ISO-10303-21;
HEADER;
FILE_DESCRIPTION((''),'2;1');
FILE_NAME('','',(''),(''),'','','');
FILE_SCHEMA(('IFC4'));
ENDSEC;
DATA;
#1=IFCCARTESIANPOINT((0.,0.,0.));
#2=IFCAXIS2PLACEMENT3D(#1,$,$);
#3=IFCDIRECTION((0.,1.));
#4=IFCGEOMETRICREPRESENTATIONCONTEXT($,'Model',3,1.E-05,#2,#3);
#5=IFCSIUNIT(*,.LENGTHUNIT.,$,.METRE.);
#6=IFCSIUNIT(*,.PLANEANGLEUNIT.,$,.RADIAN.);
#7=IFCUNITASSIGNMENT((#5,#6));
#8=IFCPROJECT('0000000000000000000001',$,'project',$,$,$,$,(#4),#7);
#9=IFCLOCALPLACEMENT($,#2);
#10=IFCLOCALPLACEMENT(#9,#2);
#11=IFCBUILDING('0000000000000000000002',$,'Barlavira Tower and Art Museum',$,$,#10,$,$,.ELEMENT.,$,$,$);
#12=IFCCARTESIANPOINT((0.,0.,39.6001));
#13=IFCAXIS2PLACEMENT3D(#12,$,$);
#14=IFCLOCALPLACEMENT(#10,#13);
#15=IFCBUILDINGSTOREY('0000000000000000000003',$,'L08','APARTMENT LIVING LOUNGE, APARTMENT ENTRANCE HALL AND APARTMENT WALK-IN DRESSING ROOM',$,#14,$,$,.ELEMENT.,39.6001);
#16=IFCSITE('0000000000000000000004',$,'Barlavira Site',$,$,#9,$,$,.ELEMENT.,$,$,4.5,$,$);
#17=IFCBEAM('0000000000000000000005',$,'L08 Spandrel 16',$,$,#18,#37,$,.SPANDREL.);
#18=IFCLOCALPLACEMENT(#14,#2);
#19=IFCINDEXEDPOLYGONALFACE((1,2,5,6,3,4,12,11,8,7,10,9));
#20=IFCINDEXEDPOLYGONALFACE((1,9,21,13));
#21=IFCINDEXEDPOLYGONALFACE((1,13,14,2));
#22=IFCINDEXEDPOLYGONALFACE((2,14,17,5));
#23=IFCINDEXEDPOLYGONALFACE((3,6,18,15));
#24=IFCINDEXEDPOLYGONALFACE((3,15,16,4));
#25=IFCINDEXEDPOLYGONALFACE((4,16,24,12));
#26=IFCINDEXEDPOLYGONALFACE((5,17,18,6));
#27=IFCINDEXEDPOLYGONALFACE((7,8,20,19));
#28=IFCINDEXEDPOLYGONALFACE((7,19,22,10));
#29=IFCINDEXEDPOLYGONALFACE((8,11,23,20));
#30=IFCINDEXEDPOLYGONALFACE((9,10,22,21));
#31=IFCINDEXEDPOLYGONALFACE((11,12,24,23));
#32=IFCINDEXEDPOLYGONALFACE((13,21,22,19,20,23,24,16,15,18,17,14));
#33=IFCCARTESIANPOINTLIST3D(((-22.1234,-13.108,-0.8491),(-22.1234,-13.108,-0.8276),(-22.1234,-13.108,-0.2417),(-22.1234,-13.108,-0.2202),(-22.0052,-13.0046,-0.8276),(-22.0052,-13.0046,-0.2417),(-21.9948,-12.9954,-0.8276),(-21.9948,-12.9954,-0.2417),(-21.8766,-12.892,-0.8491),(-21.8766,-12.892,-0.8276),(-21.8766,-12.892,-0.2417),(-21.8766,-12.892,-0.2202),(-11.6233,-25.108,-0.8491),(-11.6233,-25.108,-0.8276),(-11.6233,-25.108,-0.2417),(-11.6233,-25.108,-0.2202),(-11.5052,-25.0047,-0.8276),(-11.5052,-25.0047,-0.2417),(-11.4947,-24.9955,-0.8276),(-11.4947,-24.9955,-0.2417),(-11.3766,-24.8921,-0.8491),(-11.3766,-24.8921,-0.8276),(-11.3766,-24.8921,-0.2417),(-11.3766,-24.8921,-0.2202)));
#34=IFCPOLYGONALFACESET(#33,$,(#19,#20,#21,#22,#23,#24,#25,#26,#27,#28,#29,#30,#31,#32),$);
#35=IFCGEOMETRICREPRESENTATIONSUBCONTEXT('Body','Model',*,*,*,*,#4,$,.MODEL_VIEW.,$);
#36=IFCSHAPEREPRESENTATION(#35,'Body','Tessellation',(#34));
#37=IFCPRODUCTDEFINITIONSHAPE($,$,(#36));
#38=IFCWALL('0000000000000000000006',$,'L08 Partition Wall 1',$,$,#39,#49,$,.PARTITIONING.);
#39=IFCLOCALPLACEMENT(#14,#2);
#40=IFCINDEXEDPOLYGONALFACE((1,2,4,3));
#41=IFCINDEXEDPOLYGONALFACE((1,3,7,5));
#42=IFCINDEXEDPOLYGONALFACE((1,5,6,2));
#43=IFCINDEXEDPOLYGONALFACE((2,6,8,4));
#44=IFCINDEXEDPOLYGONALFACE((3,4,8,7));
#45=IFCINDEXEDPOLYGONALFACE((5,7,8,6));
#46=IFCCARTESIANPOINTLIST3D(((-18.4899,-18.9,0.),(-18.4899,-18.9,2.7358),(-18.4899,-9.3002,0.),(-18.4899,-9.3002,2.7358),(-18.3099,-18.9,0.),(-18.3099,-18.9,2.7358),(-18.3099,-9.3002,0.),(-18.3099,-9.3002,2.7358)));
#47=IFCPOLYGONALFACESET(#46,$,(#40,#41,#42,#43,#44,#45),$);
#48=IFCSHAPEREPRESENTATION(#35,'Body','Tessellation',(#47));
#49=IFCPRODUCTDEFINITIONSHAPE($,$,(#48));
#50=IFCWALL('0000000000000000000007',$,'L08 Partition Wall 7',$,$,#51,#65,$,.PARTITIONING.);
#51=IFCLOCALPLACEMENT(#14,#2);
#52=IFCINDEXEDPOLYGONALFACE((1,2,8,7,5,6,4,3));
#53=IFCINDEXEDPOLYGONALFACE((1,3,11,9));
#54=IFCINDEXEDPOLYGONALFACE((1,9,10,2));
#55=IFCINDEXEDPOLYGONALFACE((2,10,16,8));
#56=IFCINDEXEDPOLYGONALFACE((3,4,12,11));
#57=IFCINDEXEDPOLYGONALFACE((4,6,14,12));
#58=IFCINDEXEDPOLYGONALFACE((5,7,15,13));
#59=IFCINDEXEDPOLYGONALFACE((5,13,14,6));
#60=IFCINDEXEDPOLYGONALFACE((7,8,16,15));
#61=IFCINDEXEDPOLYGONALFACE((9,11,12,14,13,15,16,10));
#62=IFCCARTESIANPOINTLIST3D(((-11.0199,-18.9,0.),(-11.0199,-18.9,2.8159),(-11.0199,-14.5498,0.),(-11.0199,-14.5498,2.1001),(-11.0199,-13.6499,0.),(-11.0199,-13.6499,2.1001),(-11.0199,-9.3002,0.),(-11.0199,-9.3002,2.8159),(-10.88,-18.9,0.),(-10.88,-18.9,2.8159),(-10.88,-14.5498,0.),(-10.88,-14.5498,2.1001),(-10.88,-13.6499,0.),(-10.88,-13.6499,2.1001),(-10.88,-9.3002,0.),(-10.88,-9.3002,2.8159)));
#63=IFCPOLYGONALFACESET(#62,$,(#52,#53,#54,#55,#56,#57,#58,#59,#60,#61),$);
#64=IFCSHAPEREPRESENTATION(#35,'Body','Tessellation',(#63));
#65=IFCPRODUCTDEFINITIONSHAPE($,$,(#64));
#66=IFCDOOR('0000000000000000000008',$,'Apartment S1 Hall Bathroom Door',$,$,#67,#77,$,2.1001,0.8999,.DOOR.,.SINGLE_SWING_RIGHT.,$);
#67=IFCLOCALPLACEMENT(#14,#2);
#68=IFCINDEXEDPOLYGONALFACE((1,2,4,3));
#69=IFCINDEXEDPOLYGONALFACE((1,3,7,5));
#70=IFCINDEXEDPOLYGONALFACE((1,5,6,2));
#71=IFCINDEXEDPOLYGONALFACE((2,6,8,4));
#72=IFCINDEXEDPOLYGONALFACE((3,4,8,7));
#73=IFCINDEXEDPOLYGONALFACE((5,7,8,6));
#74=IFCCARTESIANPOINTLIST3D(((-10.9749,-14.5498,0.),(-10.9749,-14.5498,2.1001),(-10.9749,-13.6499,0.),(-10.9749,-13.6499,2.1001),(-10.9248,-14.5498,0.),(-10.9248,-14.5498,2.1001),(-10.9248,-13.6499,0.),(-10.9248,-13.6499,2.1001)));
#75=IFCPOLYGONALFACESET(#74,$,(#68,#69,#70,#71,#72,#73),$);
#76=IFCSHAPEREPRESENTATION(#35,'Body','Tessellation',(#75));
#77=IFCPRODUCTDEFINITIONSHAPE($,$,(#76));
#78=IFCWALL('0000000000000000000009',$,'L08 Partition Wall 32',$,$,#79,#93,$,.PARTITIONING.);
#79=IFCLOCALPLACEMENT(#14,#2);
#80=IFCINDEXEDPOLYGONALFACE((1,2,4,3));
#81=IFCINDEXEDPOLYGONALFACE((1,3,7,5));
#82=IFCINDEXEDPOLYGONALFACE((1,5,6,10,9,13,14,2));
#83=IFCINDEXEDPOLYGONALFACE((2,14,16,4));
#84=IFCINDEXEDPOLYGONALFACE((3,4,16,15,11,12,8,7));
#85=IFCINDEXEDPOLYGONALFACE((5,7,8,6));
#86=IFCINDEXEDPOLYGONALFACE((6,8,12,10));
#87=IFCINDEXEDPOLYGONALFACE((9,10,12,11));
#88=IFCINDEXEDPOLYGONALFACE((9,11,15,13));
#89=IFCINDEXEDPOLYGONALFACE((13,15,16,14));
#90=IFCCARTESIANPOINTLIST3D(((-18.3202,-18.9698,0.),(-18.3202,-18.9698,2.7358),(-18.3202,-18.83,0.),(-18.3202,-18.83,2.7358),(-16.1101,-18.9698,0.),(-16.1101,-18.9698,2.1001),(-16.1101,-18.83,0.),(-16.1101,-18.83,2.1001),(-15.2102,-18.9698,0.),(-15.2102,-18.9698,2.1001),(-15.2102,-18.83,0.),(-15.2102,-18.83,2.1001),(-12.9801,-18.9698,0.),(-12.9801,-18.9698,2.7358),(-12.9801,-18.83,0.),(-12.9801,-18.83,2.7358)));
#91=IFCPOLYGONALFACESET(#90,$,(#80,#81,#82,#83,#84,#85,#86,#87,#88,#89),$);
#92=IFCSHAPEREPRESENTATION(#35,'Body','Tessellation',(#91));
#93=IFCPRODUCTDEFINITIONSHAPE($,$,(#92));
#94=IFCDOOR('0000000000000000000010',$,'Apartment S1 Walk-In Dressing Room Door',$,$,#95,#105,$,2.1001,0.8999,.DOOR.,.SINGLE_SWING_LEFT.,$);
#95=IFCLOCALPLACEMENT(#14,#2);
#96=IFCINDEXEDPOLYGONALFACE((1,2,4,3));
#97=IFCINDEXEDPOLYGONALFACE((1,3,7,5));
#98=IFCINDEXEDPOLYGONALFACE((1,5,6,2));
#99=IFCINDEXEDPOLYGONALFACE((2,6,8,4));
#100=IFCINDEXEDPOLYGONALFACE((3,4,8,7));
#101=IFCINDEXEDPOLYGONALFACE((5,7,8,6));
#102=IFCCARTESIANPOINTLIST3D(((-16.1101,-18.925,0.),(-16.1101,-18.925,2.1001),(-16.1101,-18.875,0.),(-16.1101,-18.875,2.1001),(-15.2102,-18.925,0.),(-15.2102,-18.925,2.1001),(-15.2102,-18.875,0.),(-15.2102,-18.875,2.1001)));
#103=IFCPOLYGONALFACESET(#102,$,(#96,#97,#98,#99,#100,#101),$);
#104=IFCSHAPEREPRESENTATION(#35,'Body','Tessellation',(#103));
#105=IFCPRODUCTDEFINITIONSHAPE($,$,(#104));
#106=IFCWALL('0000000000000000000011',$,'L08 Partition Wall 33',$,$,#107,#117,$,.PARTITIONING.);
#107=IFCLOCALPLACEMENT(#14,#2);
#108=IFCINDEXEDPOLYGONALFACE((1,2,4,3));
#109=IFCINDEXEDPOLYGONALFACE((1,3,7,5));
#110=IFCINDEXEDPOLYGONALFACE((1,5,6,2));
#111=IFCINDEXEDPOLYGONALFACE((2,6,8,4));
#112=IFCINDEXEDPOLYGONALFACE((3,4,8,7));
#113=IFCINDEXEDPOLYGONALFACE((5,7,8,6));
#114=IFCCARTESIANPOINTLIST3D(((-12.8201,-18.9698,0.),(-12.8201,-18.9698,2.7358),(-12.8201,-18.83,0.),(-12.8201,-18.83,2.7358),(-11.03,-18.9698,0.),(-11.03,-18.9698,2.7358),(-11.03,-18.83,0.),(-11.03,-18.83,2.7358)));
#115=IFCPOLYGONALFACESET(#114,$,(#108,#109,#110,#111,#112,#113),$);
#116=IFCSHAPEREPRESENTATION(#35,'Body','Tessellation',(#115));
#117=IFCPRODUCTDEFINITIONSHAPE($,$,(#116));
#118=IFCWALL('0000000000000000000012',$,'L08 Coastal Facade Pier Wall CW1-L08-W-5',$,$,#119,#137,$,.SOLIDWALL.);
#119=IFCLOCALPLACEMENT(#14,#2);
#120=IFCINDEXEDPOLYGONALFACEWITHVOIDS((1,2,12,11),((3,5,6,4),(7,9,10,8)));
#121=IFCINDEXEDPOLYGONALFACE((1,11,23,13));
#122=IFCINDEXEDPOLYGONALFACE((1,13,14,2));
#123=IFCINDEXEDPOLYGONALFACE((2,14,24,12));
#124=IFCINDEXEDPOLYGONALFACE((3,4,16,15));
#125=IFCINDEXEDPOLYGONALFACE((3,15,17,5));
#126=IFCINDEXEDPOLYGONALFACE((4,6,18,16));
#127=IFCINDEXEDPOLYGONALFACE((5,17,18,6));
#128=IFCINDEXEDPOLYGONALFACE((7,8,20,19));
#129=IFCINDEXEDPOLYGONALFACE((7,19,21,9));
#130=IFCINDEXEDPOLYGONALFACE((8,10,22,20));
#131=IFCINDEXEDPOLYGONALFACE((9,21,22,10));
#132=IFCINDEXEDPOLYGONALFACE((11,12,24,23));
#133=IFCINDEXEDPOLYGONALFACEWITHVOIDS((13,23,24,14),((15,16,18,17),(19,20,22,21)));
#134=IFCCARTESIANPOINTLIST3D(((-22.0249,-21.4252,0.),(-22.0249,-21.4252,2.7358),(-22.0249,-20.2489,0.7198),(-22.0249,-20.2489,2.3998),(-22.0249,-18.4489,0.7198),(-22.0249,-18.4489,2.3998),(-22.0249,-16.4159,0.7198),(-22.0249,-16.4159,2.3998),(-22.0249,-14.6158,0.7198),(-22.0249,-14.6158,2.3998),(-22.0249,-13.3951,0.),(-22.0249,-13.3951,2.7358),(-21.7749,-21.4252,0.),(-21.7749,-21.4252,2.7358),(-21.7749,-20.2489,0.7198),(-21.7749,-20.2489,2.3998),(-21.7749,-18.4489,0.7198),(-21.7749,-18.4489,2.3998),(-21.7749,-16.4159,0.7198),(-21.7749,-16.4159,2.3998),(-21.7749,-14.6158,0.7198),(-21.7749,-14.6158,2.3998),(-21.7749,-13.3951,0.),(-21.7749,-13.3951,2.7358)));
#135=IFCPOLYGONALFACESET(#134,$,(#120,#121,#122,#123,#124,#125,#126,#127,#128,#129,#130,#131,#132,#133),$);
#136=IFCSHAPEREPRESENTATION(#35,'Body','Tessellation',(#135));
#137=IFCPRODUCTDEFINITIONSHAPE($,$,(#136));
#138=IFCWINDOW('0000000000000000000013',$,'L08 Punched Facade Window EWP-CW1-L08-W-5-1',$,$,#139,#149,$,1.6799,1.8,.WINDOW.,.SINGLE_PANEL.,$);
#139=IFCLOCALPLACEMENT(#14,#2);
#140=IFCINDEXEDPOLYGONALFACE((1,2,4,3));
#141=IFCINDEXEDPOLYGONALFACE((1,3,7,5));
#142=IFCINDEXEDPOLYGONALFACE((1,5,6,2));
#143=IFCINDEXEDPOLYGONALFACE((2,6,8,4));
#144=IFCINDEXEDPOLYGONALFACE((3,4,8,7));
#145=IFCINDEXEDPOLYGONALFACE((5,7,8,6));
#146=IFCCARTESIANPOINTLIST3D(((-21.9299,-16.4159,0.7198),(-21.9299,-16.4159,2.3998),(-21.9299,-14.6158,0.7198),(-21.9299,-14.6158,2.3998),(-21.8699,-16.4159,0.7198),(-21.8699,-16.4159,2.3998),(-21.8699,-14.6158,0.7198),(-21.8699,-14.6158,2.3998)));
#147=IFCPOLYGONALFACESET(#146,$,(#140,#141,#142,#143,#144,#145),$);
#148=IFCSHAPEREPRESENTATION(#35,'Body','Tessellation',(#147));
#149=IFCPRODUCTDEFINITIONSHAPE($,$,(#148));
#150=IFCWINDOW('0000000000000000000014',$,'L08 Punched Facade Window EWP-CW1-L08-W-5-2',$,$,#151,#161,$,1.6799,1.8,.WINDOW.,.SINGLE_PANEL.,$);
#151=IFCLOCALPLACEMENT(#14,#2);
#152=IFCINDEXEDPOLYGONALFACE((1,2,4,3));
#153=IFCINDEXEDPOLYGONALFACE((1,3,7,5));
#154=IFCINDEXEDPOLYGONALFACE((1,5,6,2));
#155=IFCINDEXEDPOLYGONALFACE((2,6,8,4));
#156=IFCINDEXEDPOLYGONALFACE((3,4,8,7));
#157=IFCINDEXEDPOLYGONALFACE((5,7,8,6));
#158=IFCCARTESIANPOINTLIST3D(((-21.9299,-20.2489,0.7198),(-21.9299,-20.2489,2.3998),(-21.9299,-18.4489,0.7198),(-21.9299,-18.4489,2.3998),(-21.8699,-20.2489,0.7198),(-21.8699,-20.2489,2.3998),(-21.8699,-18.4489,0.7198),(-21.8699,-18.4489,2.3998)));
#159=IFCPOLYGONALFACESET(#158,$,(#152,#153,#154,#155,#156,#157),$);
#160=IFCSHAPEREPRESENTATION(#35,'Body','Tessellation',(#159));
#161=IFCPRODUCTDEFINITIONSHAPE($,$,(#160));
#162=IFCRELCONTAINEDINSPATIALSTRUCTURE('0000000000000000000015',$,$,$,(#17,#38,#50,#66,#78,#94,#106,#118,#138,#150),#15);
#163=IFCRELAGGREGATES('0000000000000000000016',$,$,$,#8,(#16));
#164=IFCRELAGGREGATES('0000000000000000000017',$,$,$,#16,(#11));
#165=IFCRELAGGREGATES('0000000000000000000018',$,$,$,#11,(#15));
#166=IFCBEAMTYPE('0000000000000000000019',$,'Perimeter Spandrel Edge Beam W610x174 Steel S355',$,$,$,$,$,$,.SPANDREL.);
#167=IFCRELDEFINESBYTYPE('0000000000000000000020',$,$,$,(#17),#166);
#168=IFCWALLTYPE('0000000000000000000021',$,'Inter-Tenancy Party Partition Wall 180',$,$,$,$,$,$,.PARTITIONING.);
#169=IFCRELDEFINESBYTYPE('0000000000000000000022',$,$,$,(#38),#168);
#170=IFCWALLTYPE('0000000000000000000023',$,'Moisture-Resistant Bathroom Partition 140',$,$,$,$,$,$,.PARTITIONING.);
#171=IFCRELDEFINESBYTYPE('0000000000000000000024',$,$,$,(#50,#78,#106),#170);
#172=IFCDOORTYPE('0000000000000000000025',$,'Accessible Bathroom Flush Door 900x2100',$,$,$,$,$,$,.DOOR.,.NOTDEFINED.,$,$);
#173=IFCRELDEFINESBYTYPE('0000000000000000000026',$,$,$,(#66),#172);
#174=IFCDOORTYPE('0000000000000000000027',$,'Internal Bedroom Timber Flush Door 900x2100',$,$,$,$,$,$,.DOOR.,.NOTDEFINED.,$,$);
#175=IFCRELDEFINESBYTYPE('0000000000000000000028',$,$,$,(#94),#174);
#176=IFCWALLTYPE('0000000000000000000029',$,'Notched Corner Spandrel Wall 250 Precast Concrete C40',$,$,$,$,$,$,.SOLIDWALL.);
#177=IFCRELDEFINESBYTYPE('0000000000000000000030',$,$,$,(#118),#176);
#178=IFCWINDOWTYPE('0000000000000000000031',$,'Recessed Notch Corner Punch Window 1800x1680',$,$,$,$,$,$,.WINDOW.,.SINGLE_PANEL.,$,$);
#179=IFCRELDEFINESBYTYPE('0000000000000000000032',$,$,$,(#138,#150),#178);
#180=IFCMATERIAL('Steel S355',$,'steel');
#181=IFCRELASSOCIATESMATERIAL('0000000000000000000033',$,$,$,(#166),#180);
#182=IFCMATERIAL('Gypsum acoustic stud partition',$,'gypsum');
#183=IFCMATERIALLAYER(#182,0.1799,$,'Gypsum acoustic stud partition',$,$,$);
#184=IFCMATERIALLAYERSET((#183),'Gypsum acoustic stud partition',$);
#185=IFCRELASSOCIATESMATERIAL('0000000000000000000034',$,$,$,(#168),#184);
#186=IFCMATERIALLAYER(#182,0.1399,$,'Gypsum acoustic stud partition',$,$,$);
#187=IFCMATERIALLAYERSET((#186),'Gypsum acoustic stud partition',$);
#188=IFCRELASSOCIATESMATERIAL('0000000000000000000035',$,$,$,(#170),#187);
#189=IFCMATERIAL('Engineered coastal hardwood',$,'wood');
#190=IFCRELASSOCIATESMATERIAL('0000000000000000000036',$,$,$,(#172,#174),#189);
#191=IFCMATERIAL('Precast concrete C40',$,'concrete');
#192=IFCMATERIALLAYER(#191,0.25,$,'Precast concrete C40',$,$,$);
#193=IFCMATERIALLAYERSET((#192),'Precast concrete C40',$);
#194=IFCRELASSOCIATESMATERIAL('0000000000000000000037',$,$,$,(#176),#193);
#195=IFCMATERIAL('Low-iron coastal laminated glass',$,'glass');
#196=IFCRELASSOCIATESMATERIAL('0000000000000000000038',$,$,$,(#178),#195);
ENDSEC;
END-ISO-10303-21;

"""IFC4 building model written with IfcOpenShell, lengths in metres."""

from ifc_helpers import new_model, si_unit, direction, frame, frame_2d, origin, origin_2d, place, context, subcontext, project, spatial, rectangle, i_section, extrude, material, layer, layer_set, material_profile, profile_set, type_object, element, fill, save


model = new_model("IFC4")

# Units and contexts
model_context = context("Model", 3, precision=1e-05, world=origin(), true_north=direction((0.0, 1.0)))
body_context = subcontext(model_context, "Body", "Model", "MODEL_VIEW")
ifc_project = project(units=[si_unit("LENGTHUNIT", "METRE"), si_unit("PLANEANGLEUNIT", "RADIAN")], contexts=[model_context])

# Site, building, storey
site_placement = place(None, origin())
site = spatial("IfcSite", under=ifc_project, at=site_placement, Name="Barlavira Site", CompositionType="ELEMENT", RefElevation=4.5)
building_placement = place(site_placement, origin())
building = spatial("IfcBuilding", under=site, at=building_placement, Name="Barlavira Tower and Art Museum", CompositionType="ELEMENT")
storey_placement = place(building_placement, frame((0.0, 0.0, 39.6001)))
storey = spatial("IfcBuildingStorey", under=building, at=storey_placement, Name="L08", Description="APARTMENT LIVING LOUNGE, APARTMENT ENTRANCE HALL AND APARTMENT WALK-IN DRESSING ROOM", CompositionType="ELEMENT", Elevation=39.6001)

# Shared definitions
ifc_material_1 = material(Name="Steel S355", Category="steel")

# Beam
ifc_material_profile_1 = material_profile(ifc_material_1, i_section(OverallWidth=0.3279, OverallDepth=0.6289, WebThickness=0.0139, FlangeThickness=0.0215, at=origin_2d()), Name="W610x174.0")
ifc_profile_set_1 = profile_set([ifc_material_profile_1], Name="Steel S355")
beam_type = type_object("IfcBeamType", Name="Perimeter Spandrel Edge Beam W610x174 Steel S355", PredefinedType="SPANDREL", material=ifc_profile_set_1)
beam_1_placement = place(storey_placement, frame((-22.0, -13.0, -0.5347), z_axis=(0.658505, -0.752577, 0.0), x_axis=(0.752577, 0.658505, 0.0)))
element("IfcBeam", 1, at=beam_1_placement, inside=storey, type_object=beam_type, Name="L08 Spandrel 16", PredefinedType="SPANDREL", context=body_context, shape_type="SweptSolid", body=[
    extrude(i_section(OverallWidth=0.3279, OverallDepth=0.6289, WebThickness=0.0139, FlangeThickness=0.0215, at=origin_2d()), origin(), (0.0, 0.0, 1.0), 15.9453),
])

# Wall
ifc_material_2 = material(Name="Gypsum acoustic stud partition", Category="gypsum")
ifc_layer_1 = layer(ifc_material_2, 0.1799, Name="Gypsum acoustic stud partition")
ifc_layer_set_1 = layer_set([ifc_layer_1], Name="Gypsum acoustic stud partition")
wall_type_1 = type_object("IfcWallType", Name="Inter-Tenancy Party Partition Wall 180", PredefinedType="PARTITIONING", material=ifc_layer_set_1)
wall_1_placement = place(storey_placement, frame((-18.3999, -18.8999, 0.0), z_axis=(0.0, 0.0, 1.0), x_axis=(0.0, 1.0, 0.0)))
element("IfcWall", 2, at=wall_1_placement, inside=storey, type_object=wall_type_1, Name="L08 Partition Wall 1", PredefinedType="PARTITIONING", context=body_context, shape_type="SweptSolid", body=[
    extrude(rectangle(XDim=9.5999, YDim=0.1799, at=frame_2d((4.7998, 0.0))), origin(), (0.0, 0.0, 1.0), 2.7358),
])

# Walls, openings, doors
ifc_layer_2 = layer(ifc_material_2, 0.1399, Name="Gypsum acoustic stud partition")
ifc_layer_set_2 = layer_set([ifc_layer_2], Name="Gypsum acoustic stud partition")
wall_type_2 = type_object("IfcWallType", Name="Moisture-Resistant Bathroom Partition 140", PredefinedType="PARTITIONING", material=ifc_layer_set_2)
wall_2_placement = place(storey_placement, frame((-10.95, -18.8999, 0.0), z_axis=(0.0, 0.0, 1.0), x_axis=(0.0, 1.0, 0.0)))
wall_2 = element("IfcWall", 3, at=wall_2_placement, inside=storey, type_object=wall_type_2, Name="L08 Partition Wall 7", PredefinedType="PARTITIONING", context=body_context, shape_type="SweptSolid", body=[
    extrude(rectangle(XDim=9.5999, YDim=0.1399, at=frame_2d((4.7998, 0.0))), origin(), (0.0, 0.0, 1.0), 2.8159),
])
opening_1_placement = place(wall_2_placement, frame((4.3501, 0.0, 0.0)))
opening_1 = element("IfcOpeningElement", 4, at=opening_1_placement, cuts=wall_2, PredefinedType="OPENING", context=body_context, shape_type="SweptSolid", body=[
    extrude(rectangle(XDim=0.8999, YDim=2.1001, at=frame_2d((0.45, 1.05))), frame((0.0, 0.0801, 0.0), z_axis=(0.0, -1.0, 0.0), x_axis=(1.0, 0.0, 0.0)), (0.0, 0.0, 1.0), 0.1599),
])
ifc_material_3 = material(Name="Engineered coastal hardwood", Category="wood")
door_type_1 = type_object("IfcDoorType", Name="Accessible Bathroom Flush Door 900x2100", OperationType="NOTDEFINED", PredefinedType="DOOR", material=ifc_material_3)
door_1_placement = place(opening_1_placement, origin())
door_1 = element("IfcDoor", 5, at=door_1_placement, inside=storey, type_object=door_type_1, Name="Apartment S1 Hall Bathroom Door", OperationType="SINGLE_SWING_RIGHT", OverallHeight=2.1001, OverallWidth=0.8999, PredefinedType="DOOR", context=body_context, shape_type="SweptSolid", body=[
    extrude(rectangle(XDim=0.8999, YDim=2.1001, at=frame_2d((0.45, 1.05))), frame((0.0, 0.0249, 0.0), z_axis=(0.0, -1.0, 0.0), x_axis=(1.0, 0.0, 0.0)), (0.0, 0.0, 1.0), 0.05),
])
fill(opening_1, door_1)
wall_3_placement = place(storey_placement, frame((-18.3201, -18.8999, 0.0), z_axis=(0.0, 0.0, 1.0), x_axis=(1.0, 0.0, 0.0)))
wall_3 = element("IfcWall", 6, at=wall_3_placement, inside=storey, type_object=wall_type_2, Name="L08 Partition Wall 32", PredefinedType="PARTITIONING", context=body_context, shape_type="SweptSolid", body=[
    extrude(rectangle(XDim=5.3401, YDim=0.1399, at=frame_2d((2.6699, 0.0))), origin(), (0.0, 0.0, 1.0), 2.7358),
])
opening_2_placement = place(wall_3_placement, frame((2.21, 0.0, 0.0)))
opening_2 = element("IfcOpeningElement", 7, at=opening_2_placement, cuts=wall_3, PredefinedType="OPENING", context=body_context, shape_type="SweptSolid", body=[
    extrude(rectangle(XDim=0.8999, YDim=2.1001, at=frame_2d((0.45, 1.05))), frame((0.0, 0.0801, 0.0), z_axis=(0.0, -1.0, 0.0), x_axis=(1.0, 0.0, 0.0)), (0.0, 0.0, 1.0), 0.1599),
])
door_type_2 = type_object("IfcDoorType", Name="Internal Bedroom Timber Flush Door 900x2100", OperationType="NOTDEFINED", PredefinedType="DOOR", material=ifc_material_3)
door_2_placement = place(opening_2_placement, origin())
door_2 = element("IfcDoor", 8, at=door_2_placement, inside=storey, type_object=door_type_2, Name="Apartment S1 Walk-In Dressing Room Door", OperationType="SINGLE_SWING_LEFT", OverallHeight=2.1001, OverallWidth=0.8999, PredefinedType="DOOR", context=body_context, shape_type="SweptSolid", body=[
    extrude(rectangle(XDim=0.8999, YDim=2.1001, at=frame_2d((0.45, 1.05))), frame((0.0, 0.0249, 0.0), z_axis=(0.0, -1.0, 0.0), x_axis=(1.0, 0.0, 0.0)), (0.0, 0.0, 1.0), 0.05),
])
fill(opening_2, door_2)

# Wall
wall_4_placement = place(storey_placement, frame((-12.8201, -18.8999, 0.0), z_axis=(0.0, 0.0, 1.0), x_axis=(1.0, 0.0, 0.0)))
element("IfcWall", 9, at=wall_4_placement, inside=storey, type_object=wall_type_2, Name="L08 Partition Wall 33", PredefinedType="PARTITIONING", context=body_context, shape_type="SweptSolid", body=[
    extrude(rectangle(XDim=1.79, YDim=0.1399, at=frame_2d((0.895, 0.0))), origin(), (0.0, 0.0, 1.0), 2.7358),
])

# Wall, openings, windows
ifc_material_4 = material(Name="Precast concrete C40", Category="concrete")
ifc_layer_3 = layer(ifc_material_4, 0.25, Name="Precast concrete C40")
ifc_layer_set_3 = layer_set([ifc_layer_3], Name="Precast concrete C40")
wall_type_3 = type_object("IfcWallType", Name="Notched Corner Spandrel Wall 250 Precast Concrete C40", PredefinedType="SOLIDWALL", material=ifc_layer_set_3)
wall_5_placement = place(storey_placement, frame((-21.8999, -13.395, 0.0), z_axis=(0.0, 0.0, 1.0), x_axis=(0.0, -1.0, 0.0)))
wall_5 = element("IfcWall", 10, at=wall_5_placement, inside=storey, type_object=wall_type_3, Name="L08 Coastal Facade Pier Wall CW1-L08-W-5", PredefinedType="SOLIDWALL", context=body_context, shape_type="SweptSolid", body=[
    extrude(rectangle(XDim=8.03, YDim=0.25, at=frame_2d((4.0151, 0.0))), origin(), (0.0, 0.0, 1.0), 2.7358),
])
opening_3_placement = place(wall_5_placement, frame((1.2209, 0.0, 0.72)))
opening_3 = element("IfcOpeningElement", 11, at=opening_3_placement, cuts=wall_5, PredefinedType="OPENING", context=body_context, shape_type="SweptSolid", body=[
    extrude(rectangle(XDim=1.8, YDim=1.6799, at=frame_2d((0.8999, 0.8398))), frame((0.0, 0.135, 0.0), z_axis=(0.0, -1.0, 0.0), x_axis=(1.0, 0.0, 0.0)), (0.0, 0.0, 1.0), 0.27),
])
opening_4_placement = place(wall_5_placement, frame((5.054, 0.0, 0.72)))
opening_4 = element("IfcOpeningElement", 12, at=opening_4_placement, cuts=wall_5, PredefinedType="OPENING", context=body_context, shape_type="SweptSolid", body=[
    extrude(rectangle(XDim=1.8, YDim=1.6799, at=frame_2d((0.8999, 0.8398))), frame((0.0, 0.135, 0.0), z_axis=(0.0, -1.0, 0.0), x_axis=(1.0, 0.0, 0.0)), (0.0, 0.0, 1.0), 0.27),
])
ifc_material_5 = material(Name="Low-iron coastal laminated glass", Category="glass")
window_type = type_object("IfcWindowType", Name="Recessed Notch Corner Punch Window 1800x1680", PartitioningType="SINGLE_PANEL", PredefinedType="WINDOW", material=ifc_material_5)
window_1_placement = place(opening_3_placement, origin())
window_1 = element("IfcWindow", 13, at=window_1_placement, inside=storey, type_object=window_type, Name="L08 Punched Facade Window EWP-CW1-L08-W-5-1", OverallHeight=1.6799, OverallWidth=1.8, PartitioningType="SINGLE_PANEL", PredefinedType="WINDOW", context=body_context, shape_type="SweptSolid", body=[
    extrude(rectangle(XDim=1.8, YDim=1.6799, at=frame_2d((0.8999, 0.8398))), frame((0.0, 0.03, 0.0), z_axis=(0.0, -1.0, 0.0), x_axis=(1.0, 0.0, 0.0)), (0.0, 0.0, 1.0), 0.0601),
])
fill(opening_3, window_1)
window_2_placement = place(opening_4_placement, origin())
window_2 = element("IfcWindow", 14, at=window_2_placement, inside=storey, type_object=window_type, Name="L08 Punched Facade Window EWP-CW1-L08-W-5-2", OverallHeight=1.6799, OverallWidth=1.8, PartitioningType="SINGLE_PANEL", PredefinedType="WINDOW", context=body_context, shape_type="SweptSolid", body=[
    extrude(rectangle(XDim=1.8, YDim=1.6799, at=frame_2d((0.8999, 0.8398))), frame((0.0, 0.03, 0.0), z_axis=(0.0, -1.0, 0.0), x_axis=(1.0, 0.0, 0.0)), (0.0, 0.0, 1.0), 0.0601),
])
fill(opening_4, window_2)

save(model, "model.ifc")
